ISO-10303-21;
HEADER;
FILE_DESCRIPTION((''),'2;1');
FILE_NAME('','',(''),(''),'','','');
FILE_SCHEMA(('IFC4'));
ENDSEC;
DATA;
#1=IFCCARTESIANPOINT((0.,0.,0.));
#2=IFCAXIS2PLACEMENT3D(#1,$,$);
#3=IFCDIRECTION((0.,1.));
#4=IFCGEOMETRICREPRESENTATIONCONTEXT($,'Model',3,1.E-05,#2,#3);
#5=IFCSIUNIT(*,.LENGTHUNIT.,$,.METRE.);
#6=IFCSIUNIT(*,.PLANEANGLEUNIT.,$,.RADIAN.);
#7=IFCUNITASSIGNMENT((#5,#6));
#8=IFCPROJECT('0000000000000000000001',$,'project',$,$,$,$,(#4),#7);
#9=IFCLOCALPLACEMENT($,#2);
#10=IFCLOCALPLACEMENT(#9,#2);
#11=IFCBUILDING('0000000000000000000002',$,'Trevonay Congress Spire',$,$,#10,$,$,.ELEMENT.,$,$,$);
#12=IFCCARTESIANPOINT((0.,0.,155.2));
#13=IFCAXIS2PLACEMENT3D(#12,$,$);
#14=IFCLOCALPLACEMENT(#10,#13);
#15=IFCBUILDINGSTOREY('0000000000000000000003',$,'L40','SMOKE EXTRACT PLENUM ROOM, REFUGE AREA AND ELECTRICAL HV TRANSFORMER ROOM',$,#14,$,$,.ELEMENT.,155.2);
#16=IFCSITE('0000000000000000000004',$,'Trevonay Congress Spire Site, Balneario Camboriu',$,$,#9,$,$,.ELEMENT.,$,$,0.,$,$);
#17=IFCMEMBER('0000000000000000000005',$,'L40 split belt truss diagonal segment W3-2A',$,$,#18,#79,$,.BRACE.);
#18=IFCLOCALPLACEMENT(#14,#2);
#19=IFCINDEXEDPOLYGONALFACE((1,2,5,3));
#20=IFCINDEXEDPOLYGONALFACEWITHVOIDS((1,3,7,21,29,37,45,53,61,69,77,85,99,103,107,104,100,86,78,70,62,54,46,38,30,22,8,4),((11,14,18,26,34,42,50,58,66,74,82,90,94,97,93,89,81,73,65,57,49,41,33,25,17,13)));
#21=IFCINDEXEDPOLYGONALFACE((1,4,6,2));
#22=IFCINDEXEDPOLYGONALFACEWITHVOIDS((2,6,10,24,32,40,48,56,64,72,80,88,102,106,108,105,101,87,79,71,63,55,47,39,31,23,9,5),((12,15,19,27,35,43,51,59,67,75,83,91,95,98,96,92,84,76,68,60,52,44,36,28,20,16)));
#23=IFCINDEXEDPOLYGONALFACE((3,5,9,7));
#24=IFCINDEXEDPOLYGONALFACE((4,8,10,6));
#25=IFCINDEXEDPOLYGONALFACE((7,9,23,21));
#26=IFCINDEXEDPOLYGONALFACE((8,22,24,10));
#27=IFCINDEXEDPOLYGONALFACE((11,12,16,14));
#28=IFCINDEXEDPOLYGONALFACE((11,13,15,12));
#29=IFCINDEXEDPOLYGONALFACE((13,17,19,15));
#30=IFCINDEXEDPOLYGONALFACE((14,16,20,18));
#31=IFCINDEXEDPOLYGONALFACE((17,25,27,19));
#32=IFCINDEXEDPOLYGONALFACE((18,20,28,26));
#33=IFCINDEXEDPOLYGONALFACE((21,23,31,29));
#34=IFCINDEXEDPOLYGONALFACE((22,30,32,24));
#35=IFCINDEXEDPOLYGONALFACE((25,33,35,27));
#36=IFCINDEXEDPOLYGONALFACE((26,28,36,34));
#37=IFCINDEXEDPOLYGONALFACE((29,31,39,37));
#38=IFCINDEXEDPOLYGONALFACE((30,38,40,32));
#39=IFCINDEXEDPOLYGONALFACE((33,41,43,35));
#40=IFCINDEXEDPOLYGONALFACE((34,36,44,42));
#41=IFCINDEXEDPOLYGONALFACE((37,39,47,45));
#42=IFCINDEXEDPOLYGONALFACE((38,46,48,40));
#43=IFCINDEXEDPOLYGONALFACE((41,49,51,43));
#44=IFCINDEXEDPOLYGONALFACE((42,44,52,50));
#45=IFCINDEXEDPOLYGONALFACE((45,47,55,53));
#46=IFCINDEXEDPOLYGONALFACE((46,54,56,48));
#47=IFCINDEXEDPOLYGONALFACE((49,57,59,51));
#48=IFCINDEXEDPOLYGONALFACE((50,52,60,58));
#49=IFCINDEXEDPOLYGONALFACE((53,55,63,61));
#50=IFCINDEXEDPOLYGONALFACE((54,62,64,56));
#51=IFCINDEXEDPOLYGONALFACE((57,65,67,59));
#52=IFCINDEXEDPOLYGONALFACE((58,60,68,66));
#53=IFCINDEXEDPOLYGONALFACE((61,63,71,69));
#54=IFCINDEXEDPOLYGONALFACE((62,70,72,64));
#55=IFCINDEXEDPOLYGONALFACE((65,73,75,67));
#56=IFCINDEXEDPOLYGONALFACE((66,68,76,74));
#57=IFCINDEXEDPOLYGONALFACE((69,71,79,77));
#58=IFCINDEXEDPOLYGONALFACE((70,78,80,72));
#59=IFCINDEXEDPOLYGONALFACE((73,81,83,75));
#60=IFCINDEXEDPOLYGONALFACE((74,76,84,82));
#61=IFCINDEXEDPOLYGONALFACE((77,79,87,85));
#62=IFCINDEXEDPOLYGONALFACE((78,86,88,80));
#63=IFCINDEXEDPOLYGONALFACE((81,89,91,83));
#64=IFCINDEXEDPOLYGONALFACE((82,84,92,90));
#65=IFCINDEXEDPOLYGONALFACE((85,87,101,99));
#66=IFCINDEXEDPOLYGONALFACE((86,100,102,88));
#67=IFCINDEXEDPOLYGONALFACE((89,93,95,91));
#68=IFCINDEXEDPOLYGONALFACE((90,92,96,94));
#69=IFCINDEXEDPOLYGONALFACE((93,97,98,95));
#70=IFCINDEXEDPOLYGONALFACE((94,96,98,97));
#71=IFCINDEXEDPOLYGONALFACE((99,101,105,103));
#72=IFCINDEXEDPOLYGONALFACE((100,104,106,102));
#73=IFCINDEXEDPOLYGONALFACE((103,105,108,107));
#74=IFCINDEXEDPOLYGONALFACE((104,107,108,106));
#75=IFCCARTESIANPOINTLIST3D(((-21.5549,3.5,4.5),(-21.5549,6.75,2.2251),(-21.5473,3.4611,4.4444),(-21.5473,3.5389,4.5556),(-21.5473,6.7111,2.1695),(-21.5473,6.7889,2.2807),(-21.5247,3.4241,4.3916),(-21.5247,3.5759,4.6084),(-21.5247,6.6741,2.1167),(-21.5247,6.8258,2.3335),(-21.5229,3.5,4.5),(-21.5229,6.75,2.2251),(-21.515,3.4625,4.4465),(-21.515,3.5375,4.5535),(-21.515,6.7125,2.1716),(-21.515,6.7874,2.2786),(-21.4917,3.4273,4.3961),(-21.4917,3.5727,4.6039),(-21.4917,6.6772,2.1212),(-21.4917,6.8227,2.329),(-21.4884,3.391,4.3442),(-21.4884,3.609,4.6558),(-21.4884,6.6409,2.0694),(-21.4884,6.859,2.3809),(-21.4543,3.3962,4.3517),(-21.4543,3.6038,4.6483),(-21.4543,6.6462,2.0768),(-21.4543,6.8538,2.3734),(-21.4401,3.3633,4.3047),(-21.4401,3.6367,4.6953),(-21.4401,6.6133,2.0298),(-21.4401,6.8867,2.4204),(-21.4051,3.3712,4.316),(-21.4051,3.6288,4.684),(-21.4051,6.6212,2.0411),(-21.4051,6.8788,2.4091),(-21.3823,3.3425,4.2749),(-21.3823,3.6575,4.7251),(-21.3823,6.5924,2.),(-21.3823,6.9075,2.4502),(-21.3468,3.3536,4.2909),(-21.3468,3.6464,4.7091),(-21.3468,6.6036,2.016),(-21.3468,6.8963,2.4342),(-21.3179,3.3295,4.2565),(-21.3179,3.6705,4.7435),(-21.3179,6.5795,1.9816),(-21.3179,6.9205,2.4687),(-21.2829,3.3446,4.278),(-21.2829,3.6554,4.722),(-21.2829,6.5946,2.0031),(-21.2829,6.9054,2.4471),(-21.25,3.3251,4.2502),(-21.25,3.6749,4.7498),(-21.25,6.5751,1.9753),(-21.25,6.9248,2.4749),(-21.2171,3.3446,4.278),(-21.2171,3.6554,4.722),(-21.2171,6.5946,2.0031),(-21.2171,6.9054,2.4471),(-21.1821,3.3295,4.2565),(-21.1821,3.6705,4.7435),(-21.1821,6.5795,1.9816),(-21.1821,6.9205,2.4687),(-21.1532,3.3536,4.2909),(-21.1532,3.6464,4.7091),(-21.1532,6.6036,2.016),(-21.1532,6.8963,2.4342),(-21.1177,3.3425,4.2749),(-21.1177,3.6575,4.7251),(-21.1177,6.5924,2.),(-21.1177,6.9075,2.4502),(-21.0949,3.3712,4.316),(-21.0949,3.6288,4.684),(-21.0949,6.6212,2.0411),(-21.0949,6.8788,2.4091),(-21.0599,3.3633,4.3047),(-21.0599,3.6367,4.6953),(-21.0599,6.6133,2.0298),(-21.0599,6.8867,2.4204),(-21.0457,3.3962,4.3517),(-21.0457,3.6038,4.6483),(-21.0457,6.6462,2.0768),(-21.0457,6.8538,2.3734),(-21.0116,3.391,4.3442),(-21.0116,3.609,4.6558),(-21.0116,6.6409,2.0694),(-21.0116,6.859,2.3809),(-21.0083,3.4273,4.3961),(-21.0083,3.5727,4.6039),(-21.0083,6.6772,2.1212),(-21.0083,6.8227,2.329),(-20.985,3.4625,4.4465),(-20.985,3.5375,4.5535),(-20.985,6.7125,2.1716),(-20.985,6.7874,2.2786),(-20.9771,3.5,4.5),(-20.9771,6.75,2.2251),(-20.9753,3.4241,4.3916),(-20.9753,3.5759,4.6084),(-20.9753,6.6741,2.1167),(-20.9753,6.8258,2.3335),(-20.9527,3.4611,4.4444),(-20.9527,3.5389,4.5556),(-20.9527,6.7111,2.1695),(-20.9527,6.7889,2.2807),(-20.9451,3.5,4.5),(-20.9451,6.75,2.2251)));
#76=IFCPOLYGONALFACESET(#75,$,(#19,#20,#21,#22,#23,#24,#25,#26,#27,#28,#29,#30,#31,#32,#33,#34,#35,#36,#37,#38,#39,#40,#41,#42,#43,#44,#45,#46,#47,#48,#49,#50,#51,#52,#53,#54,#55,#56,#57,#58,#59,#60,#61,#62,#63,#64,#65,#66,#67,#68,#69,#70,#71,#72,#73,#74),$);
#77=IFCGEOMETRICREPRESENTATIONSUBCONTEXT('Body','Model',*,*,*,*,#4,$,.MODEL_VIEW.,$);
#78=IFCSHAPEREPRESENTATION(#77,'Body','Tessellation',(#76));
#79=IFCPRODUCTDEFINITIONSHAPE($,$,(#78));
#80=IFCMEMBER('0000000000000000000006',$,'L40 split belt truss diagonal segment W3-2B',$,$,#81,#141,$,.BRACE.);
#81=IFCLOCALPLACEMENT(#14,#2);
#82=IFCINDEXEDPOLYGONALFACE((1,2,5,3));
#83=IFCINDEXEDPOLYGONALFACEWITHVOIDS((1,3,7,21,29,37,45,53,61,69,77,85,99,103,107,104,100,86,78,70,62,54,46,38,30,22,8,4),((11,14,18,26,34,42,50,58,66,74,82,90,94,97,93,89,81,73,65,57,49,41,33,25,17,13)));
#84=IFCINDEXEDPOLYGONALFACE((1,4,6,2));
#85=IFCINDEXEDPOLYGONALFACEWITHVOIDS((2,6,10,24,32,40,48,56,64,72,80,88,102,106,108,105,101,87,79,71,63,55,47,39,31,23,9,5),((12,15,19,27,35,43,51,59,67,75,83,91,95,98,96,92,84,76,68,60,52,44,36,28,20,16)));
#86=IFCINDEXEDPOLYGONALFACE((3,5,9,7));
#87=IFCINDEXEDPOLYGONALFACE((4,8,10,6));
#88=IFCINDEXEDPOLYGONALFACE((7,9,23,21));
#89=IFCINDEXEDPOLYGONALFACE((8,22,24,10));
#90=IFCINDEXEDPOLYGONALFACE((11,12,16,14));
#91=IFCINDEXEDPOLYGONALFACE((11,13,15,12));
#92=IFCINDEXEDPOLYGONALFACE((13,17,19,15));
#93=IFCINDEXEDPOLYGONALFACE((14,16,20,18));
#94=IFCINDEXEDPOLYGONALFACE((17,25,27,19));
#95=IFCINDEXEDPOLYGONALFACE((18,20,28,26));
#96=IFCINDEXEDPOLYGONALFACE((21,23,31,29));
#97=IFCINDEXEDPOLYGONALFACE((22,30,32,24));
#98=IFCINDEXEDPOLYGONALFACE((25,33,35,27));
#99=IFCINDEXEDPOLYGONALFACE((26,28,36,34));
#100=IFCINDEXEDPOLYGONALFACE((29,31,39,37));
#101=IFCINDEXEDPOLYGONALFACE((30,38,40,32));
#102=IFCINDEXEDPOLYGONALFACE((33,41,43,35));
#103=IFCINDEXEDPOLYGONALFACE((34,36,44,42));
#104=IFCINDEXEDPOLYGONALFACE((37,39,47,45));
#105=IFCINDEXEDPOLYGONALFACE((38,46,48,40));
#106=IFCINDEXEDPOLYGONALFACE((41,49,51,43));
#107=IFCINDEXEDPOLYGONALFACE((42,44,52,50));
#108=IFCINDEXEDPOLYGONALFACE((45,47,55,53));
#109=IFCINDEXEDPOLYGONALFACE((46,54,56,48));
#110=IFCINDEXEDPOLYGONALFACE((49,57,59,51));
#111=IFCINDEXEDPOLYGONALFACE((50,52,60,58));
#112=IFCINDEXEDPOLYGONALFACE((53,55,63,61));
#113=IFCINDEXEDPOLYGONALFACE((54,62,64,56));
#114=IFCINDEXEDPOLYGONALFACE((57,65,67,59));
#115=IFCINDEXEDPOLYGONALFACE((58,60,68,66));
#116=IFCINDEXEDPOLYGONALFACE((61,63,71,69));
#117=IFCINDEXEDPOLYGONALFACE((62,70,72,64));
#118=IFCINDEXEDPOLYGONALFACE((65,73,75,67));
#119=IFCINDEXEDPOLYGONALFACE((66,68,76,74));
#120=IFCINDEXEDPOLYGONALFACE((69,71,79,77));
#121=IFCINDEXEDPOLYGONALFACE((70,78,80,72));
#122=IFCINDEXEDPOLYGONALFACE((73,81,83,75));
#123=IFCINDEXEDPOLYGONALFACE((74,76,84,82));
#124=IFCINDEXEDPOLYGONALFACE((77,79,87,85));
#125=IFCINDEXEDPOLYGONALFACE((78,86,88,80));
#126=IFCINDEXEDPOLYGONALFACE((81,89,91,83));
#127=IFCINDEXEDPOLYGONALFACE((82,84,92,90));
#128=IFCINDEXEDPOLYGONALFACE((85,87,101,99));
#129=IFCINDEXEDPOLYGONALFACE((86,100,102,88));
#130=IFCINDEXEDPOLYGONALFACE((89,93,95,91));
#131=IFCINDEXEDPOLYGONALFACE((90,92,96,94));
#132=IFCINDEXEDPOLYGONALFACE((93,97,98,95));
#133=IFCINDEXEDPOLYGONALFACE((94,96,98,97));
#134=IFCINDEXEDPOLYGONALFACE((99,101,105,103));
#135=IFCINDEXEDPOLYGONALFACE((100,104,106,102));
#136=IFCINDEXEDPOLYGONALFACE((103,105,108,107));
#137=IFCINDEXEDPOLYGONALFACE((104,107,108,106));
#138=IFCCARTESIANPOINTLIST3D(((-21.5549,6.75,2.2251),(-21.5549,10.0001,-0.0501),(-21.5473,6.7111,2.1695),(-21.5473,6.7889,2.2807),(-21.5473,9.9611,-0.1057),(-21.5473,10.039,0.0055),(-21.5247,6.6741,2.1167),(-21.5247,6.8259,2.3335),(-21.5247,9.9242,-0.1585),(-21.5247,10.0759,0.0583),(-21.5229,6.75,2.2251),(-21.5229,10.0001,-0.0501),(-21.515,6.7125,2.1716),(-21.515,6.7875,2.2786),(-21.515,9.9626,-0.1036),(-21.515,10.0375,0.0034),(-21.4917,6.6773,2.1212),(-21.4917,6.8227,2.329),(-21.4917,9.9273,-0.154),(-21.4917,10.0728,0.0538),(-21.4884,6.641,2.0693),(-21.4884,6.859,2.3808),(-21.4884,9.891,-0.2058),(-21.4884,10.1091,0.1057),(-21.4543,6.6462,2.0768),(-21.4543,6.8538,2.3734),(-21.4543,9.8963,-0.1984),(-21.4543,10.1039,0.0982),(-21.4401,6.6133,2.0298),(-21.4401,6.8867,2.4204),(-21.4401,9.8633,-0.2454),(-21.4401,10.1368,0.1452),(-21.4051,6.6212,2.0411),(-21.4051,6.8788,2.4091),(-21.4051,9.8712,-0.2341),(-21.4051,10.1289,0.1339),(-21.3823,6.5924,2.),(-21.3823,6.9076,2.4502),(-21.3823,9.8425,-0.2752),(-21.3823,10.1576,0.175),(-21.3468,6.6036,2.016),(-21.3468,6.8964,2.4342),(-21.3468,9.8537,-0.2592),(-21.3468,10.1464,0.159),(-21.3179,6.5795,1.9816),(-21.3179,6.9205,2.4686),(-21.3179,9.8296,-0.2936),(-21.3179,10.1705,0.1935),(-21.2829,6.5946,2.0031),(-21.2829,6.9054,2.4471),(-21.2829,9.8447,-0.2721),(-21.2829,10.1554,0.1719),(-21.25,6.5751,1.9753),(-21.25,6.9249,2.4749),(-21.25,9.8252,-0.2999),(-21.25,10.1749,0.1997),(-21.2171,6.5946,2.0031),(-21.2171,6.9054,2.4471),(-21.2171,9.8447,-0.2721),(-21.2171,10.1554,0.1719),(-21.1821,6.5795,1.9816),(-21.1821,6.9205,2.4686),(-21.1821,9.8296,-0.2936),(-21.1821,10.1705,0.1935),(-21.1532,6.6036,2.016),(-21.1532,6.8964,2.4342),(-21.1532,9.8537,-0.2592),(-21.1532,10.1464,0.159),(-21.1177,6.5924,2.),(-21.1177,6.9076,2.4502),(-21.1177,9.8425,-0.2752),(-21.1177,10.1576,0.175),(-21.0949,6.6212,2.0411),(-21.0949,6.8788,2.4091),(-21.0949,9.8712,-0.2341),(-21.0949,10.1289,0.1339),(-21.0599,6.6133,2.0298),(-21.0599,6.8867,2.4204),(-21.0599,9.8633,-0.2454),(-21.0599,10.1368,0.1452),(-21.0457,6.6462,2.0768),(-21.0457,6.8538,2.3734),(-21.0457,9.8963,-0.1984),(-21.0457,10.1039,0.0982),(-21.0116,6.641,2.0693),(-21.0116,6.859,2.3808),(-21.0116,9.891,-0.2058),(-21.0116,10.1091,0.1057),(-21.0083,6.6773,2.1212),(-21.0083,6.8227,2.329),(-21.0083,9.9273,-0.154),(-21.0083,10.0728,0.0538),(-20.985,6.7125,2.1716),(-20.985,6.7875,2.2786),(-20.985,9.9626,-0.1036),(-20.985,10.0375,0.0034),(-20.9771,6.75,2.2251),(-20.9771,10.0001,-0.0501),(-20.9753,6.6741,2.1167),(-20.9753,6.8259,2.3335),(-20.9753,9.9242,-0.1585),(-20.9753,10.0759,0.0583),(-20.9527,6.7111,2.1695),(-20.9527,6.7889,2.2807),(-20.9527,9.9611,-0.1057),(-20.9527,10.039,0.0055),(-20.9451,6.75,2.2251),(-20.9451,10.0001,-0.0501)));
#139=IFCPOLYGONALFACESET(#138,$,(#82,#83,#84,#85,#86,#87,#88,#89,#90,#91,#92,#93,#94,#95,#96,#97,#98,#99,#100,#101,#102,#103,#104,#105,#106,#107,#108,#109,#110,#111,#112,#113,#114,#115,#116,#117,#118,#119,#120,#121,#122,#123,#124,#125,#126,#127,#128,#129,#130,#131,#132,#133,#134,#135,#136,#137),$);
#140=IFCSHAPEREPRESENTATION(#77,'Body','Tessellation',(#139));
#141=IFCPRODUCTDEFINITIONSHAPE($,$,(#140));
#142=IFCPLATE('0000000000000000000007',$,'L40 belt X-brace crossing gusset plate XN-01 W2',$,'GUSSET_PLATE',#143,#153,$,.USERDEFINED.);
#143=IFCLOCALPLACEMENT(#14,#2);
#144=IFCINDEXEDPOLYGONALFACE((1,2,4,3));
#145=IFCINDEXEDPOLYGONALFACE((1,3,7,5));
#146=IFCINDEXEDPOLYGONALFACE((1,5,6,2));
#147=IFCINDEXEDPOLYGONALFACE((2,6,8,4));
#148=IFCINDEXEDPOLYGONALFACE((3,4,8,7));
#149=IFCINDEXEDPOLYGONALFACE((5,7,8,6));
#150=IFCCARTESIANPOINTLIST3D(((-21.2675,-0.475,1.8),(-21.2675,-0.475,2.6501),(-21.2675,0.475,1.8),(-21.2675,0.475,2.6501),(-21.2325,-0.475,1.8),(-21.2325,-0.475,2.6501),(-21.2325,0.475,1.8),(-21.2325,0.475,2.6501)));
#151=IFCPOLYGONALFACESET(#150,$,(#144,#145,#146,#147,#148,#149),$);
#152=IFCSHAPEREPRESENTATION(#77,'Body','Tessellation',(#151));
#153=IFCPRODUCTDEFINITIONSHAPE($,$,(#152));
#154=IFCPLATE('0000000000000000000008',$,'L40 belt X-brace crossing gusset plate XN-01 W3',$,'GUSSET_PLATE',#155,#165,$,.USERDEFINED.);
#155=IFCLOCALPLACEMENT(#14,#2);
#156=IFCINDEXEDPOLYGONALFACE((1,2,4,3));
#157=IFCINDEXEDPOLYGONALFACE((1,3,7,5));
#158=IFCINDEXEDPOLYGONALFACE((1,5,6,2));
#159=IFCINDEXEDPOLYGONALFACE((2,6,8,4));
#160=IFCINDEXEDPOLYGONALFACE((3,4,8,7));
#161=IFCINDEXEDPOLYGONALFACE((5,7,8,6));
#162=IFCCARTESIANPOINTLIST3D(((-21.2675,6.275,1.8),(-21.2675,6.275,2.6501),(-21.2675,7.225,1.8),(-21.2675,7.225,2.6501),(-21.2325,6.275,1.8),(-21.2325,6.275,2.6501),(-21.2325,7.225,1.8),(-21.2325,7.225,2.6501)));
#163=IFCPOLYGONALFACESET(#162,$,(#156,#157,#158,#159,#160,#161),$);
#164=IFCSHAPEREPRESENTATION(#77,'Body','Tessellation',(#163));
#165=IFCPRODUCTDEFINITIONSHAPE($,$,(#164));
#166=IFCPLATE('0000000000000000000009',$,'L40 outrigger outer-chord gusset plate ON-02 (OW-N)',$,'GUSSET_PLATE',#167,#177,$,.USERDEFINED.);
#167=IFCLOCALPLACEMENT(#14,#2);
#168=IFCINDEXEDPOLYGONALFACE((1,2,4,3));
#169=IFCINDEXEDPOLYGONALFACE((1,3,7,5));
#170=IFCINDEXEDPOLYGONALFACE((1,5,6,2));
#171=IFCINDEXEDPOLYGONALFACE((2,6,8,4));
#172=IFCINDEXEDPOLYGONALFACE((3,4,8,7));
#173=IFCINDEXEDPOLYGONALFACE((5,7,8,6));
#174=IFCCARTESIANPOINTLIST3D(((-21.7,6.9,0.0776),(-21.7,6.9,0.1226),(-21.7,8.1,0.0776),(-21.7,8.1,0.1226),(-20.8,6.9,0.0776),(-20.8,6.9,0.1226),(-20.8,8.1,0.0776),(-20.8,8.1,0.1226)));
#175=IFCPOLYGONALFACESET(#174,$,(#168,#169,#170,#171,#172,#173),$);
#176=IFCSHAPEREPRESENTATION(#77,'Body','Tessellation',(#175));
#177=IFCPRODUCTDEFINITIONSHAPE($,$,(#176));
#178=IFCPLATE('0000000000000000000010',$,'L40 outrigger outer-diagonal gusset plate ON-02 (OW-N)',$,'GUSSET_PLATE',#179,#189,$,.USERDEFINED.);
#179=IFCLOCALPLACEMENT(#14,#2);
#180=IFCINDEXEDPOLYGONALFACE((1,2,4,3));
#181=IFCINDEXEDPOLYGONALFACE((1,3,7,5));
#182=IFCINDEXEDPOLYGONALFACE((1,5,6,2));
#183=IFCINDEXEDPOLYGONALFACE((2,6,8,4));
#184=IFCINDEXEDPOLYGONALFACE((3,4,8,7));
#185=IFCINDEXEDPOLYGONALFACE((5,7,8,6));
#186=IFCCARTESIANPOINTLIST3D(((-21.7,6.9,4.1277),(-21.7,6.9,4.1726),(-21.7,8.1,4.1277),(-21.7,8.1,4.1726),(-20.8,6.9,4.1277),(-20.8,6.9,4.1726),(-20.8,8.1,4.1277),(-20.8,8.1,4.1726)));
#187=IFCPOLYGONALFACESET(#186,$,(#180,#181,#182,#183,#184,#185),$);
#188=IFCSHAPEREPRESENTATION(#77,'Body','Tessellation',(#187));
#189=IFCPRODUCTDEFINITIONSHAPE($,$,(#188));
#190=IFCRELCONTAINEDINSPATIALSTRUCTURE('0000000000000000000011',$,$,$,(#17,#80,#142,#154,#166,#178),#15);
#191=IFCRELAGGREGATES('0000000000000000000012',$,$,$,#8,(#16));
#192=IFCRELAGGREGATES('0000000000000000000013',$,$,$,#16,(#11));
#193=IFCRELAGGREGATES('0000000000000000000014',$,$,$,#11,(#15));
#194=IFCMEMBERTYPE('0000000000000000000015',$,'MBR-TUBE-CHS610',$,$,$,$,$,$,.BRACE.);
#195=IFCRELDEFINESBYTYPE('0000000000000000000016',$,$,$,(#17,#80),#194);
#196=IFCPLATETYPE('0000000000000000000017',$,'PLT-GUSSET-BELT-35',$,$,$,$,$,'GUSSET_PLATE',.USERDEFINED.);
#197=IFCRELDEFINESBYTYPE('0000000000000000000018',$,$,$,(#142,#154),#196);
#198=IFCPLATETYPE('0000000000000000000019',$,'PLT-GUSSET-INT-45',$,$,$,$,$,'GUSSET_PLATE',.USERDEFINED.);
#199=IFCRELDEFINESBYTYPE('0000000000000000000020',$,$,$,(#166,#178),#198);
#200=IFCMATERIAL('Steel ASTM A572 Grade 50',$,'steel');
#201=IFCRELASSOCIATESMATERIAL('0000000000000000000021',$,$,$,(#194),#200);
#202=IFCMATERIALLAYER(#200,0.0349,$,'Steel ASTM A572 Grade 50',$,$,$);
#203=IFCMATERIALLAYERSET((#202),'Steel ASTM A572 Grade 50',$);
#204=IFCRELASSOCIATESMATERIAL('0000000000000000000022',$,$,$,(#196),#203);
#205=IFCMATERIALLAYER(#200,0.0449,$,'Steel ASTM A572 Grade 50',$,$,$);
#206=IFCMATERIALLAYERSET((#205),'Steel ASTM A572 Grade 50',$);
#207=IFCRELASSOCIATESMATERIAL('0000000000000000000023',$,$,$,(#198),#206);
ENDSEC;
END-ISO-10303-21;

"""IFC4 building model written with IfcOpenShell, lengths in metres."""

from ifc_helpers import new_model, si_unit, direction, frame, origin, origin_2d, place, context, subcontext, project, spatial, rectangle, hollow_circle, extrude, material, layer, layer_set, material_profile, profile_set, type_object, element, save


model = new_model("IFC4")

# Units and contexts
model_context = context("Model", 3, precision=1e-05, world=origin(), true_north=direction((0.0, 1.0)))
body_context = subcontext(model_context, "Body", "Model", "MODEL_VIEW")
ifc_project = project(units=[si_unit("LENGTHUNIT", "METRE"), si_unit("PLANEANGLEUNIT", "RADIAN")], contexts=[model_context])

# Site, building, storey
site_placement = place(None, origin())
site = spatial("IfcSite", under=ifc_project, at=site_placement, Name="Trevonay Congress Spire Site, Balneario Camboriu", CompositionType="ELEMENT", RefElevation=0.0)
building_placement = place(site_placement, origin())
building = spatial("IfcBuilding", under=site, at=building_placement, Name="Trevonay Congress Spire", CompositionType="ELEMENT")
storey_placement = place(building_placement, frame((0.0, 0.0, 155.2)))
storey = spatial("IfcBuildingStorey", under=building, at=storey_placement, Name="L40", Description="SMOKE EXTRACT PLENUM ROOM, REFUGE AREA AND ELECTRICAL HV TRANSFORMER ROOM", CompositionType="ELEMENT", Elevation=155.2)

# Shared definitions
ifc_material_1 = material(Name="Steel ASTM A572 Grade 50", Category="steel")

# Members
ifc_material_profile_1 = material_profile(ifc_material_1, hollow_circle(Radius=0.3049, WallThickness=0.032, at=origin_2d()), Name="CHS 610x32")
ifc_profile_set_1 = profile_set([ifc_material_profile_1], Name="Steel ASTM A572 Grade 50")
member_type = type_object("IfcMemberType", Name="MBR-TUBE-CHS610", PredefinedType="BRACE", material=ifc_profile_set_1)
member_1_placement = place(storey_placement, frame((-21.25, 3.5, 4.5), z_axis=(0.0, 0.819243, -0.573446), x_axis=(-1.0, 0.0, 0.0)))
element("IfcMember", 1, at=member_1_placement, inside=storey, type_object=member_type, Name="L40 split belt truss diagonal segment W3-2A", PredefinedType="BRACE", context=body_context, shape_type="SweptSolid", body=[
    extrude(hollow_circle(Radius=0.3049, WallThickness=0.032, at=origin_2d()), origin(), (0.0, 0.0, 1.0), 3.967),
])
member_2_placement = place(storey_placement, frame((-21.25, 6.75, 2.2251), z_axis=(0.0, 0.819215, -0.573487), x_axis=(-1.0, 0.0, 0.0)))
element("IfcMember", 2, at=member_2_placement, inside=storey, type_object=member_type, Name="L40 split belt truss diagonal segment W3-2B", PredefinedType="BRACE", context=body_context, shape_type="SweptSolid", body=[
    extrude(hollow_circle(Radius=0.3049, WallThickness=0.032, at=origin_2d()), origin(), (0.0, 0.0, 1.0), 3.9673),
])

# Plates
ifc_layer_1 = layer(ifc_material_1, 0.0349, Name="Steel ASTM A572 Grade 50")
ifc_layer_set_1 = layer_set([ifc_layer_1], Name="Steel ASTM A572 Grade 50")
plate_type_1 = type_object("IfcPlateType", Name="PLT-GUSSET-BELT-35", ElementType="GUSSET_PLATE", PredefinedType="USERDEFINED", material=ifc_layer_set_1)
for number, where, z_axis, x_axis, name in (
    (3, (-21.25, 0.0, 1.8), (0.0, 0.0, 1.0), (1.0, 0.0, 0.0), "L40 belt X-brace crossing gusset plate XN-01 W2"),
    (4, (-21.25, 6.75, 1.8), (0.0, 0.0, 1.0), (1.0, 0.0, 0.0), "L40 belt X-brace crossing gusset plate XN-01 W3"),
):
    element("IfcPlate", number, at=place(storey_placement, frame(where, z_axis=z_axis, x_axis=x_axis)), inside=storey, type_object=plate_type_1, Name=name, ObjectType="GUSSET_PLATE", PredefinedType="USERDEFINED", context=body_context, shape_type="SweptSolid", body=[
        extrude(rectangle(XDim=0.0349, YDim=0.95, at=origin_2d()), origin(), (0.0, 0.0, 1.0), 0.8501),
    ])
ifc_layer_2 = layer(ifc_material_1, 0.0449, Name="Steel ASTM A572 Grade 50")
ifc_layer_set_2 = layer_set([ifc_layer_2], Name="Steel ASTM A572 Grade 50")
plate_type_2 = type_object("IfcPlateType", Name="PLT-GUSSET-INT-45", ElementType="GUSSET_PLATE", PredefinedType="USERDEFINED", material=ifc_layer_set_2)
for number, where, z_axis, x_axis, name in (
    (5, (-21.25, 7.5, 0.0776), (0.0, 0.0, 1.0), (0.0, 1.0, 0.0), "L40 outrigger outer-chord gusset plate ON-02 (OW-N)"),
    (6, (-21.25, 7.5, 4.1277), (0.0, 0.0, 1.0), (0.0, 1.0, 0.0), "L40 outrigger outer-diagonal gusset plate ON-02 (OW-N)"),
):
    element("IfcPlate", number, at=place(storey_placement, frame(where, z_axis=z_axis, x_axis=x_axis)), inside=storey, type_object=plate_type_2, Name=name, ObjectType="GUSSET_PLATE", PredefinedType="USERDEFINED", context=body_context, shape_type="SweptSolid", body=[
        extrude(rectangle(XDim=1.2, YDim=0.8999, at=origin_2d()), origin(), (0.0, 0.0, 1.0), 0.0449),
    ])

save(model, "model.ifc")
